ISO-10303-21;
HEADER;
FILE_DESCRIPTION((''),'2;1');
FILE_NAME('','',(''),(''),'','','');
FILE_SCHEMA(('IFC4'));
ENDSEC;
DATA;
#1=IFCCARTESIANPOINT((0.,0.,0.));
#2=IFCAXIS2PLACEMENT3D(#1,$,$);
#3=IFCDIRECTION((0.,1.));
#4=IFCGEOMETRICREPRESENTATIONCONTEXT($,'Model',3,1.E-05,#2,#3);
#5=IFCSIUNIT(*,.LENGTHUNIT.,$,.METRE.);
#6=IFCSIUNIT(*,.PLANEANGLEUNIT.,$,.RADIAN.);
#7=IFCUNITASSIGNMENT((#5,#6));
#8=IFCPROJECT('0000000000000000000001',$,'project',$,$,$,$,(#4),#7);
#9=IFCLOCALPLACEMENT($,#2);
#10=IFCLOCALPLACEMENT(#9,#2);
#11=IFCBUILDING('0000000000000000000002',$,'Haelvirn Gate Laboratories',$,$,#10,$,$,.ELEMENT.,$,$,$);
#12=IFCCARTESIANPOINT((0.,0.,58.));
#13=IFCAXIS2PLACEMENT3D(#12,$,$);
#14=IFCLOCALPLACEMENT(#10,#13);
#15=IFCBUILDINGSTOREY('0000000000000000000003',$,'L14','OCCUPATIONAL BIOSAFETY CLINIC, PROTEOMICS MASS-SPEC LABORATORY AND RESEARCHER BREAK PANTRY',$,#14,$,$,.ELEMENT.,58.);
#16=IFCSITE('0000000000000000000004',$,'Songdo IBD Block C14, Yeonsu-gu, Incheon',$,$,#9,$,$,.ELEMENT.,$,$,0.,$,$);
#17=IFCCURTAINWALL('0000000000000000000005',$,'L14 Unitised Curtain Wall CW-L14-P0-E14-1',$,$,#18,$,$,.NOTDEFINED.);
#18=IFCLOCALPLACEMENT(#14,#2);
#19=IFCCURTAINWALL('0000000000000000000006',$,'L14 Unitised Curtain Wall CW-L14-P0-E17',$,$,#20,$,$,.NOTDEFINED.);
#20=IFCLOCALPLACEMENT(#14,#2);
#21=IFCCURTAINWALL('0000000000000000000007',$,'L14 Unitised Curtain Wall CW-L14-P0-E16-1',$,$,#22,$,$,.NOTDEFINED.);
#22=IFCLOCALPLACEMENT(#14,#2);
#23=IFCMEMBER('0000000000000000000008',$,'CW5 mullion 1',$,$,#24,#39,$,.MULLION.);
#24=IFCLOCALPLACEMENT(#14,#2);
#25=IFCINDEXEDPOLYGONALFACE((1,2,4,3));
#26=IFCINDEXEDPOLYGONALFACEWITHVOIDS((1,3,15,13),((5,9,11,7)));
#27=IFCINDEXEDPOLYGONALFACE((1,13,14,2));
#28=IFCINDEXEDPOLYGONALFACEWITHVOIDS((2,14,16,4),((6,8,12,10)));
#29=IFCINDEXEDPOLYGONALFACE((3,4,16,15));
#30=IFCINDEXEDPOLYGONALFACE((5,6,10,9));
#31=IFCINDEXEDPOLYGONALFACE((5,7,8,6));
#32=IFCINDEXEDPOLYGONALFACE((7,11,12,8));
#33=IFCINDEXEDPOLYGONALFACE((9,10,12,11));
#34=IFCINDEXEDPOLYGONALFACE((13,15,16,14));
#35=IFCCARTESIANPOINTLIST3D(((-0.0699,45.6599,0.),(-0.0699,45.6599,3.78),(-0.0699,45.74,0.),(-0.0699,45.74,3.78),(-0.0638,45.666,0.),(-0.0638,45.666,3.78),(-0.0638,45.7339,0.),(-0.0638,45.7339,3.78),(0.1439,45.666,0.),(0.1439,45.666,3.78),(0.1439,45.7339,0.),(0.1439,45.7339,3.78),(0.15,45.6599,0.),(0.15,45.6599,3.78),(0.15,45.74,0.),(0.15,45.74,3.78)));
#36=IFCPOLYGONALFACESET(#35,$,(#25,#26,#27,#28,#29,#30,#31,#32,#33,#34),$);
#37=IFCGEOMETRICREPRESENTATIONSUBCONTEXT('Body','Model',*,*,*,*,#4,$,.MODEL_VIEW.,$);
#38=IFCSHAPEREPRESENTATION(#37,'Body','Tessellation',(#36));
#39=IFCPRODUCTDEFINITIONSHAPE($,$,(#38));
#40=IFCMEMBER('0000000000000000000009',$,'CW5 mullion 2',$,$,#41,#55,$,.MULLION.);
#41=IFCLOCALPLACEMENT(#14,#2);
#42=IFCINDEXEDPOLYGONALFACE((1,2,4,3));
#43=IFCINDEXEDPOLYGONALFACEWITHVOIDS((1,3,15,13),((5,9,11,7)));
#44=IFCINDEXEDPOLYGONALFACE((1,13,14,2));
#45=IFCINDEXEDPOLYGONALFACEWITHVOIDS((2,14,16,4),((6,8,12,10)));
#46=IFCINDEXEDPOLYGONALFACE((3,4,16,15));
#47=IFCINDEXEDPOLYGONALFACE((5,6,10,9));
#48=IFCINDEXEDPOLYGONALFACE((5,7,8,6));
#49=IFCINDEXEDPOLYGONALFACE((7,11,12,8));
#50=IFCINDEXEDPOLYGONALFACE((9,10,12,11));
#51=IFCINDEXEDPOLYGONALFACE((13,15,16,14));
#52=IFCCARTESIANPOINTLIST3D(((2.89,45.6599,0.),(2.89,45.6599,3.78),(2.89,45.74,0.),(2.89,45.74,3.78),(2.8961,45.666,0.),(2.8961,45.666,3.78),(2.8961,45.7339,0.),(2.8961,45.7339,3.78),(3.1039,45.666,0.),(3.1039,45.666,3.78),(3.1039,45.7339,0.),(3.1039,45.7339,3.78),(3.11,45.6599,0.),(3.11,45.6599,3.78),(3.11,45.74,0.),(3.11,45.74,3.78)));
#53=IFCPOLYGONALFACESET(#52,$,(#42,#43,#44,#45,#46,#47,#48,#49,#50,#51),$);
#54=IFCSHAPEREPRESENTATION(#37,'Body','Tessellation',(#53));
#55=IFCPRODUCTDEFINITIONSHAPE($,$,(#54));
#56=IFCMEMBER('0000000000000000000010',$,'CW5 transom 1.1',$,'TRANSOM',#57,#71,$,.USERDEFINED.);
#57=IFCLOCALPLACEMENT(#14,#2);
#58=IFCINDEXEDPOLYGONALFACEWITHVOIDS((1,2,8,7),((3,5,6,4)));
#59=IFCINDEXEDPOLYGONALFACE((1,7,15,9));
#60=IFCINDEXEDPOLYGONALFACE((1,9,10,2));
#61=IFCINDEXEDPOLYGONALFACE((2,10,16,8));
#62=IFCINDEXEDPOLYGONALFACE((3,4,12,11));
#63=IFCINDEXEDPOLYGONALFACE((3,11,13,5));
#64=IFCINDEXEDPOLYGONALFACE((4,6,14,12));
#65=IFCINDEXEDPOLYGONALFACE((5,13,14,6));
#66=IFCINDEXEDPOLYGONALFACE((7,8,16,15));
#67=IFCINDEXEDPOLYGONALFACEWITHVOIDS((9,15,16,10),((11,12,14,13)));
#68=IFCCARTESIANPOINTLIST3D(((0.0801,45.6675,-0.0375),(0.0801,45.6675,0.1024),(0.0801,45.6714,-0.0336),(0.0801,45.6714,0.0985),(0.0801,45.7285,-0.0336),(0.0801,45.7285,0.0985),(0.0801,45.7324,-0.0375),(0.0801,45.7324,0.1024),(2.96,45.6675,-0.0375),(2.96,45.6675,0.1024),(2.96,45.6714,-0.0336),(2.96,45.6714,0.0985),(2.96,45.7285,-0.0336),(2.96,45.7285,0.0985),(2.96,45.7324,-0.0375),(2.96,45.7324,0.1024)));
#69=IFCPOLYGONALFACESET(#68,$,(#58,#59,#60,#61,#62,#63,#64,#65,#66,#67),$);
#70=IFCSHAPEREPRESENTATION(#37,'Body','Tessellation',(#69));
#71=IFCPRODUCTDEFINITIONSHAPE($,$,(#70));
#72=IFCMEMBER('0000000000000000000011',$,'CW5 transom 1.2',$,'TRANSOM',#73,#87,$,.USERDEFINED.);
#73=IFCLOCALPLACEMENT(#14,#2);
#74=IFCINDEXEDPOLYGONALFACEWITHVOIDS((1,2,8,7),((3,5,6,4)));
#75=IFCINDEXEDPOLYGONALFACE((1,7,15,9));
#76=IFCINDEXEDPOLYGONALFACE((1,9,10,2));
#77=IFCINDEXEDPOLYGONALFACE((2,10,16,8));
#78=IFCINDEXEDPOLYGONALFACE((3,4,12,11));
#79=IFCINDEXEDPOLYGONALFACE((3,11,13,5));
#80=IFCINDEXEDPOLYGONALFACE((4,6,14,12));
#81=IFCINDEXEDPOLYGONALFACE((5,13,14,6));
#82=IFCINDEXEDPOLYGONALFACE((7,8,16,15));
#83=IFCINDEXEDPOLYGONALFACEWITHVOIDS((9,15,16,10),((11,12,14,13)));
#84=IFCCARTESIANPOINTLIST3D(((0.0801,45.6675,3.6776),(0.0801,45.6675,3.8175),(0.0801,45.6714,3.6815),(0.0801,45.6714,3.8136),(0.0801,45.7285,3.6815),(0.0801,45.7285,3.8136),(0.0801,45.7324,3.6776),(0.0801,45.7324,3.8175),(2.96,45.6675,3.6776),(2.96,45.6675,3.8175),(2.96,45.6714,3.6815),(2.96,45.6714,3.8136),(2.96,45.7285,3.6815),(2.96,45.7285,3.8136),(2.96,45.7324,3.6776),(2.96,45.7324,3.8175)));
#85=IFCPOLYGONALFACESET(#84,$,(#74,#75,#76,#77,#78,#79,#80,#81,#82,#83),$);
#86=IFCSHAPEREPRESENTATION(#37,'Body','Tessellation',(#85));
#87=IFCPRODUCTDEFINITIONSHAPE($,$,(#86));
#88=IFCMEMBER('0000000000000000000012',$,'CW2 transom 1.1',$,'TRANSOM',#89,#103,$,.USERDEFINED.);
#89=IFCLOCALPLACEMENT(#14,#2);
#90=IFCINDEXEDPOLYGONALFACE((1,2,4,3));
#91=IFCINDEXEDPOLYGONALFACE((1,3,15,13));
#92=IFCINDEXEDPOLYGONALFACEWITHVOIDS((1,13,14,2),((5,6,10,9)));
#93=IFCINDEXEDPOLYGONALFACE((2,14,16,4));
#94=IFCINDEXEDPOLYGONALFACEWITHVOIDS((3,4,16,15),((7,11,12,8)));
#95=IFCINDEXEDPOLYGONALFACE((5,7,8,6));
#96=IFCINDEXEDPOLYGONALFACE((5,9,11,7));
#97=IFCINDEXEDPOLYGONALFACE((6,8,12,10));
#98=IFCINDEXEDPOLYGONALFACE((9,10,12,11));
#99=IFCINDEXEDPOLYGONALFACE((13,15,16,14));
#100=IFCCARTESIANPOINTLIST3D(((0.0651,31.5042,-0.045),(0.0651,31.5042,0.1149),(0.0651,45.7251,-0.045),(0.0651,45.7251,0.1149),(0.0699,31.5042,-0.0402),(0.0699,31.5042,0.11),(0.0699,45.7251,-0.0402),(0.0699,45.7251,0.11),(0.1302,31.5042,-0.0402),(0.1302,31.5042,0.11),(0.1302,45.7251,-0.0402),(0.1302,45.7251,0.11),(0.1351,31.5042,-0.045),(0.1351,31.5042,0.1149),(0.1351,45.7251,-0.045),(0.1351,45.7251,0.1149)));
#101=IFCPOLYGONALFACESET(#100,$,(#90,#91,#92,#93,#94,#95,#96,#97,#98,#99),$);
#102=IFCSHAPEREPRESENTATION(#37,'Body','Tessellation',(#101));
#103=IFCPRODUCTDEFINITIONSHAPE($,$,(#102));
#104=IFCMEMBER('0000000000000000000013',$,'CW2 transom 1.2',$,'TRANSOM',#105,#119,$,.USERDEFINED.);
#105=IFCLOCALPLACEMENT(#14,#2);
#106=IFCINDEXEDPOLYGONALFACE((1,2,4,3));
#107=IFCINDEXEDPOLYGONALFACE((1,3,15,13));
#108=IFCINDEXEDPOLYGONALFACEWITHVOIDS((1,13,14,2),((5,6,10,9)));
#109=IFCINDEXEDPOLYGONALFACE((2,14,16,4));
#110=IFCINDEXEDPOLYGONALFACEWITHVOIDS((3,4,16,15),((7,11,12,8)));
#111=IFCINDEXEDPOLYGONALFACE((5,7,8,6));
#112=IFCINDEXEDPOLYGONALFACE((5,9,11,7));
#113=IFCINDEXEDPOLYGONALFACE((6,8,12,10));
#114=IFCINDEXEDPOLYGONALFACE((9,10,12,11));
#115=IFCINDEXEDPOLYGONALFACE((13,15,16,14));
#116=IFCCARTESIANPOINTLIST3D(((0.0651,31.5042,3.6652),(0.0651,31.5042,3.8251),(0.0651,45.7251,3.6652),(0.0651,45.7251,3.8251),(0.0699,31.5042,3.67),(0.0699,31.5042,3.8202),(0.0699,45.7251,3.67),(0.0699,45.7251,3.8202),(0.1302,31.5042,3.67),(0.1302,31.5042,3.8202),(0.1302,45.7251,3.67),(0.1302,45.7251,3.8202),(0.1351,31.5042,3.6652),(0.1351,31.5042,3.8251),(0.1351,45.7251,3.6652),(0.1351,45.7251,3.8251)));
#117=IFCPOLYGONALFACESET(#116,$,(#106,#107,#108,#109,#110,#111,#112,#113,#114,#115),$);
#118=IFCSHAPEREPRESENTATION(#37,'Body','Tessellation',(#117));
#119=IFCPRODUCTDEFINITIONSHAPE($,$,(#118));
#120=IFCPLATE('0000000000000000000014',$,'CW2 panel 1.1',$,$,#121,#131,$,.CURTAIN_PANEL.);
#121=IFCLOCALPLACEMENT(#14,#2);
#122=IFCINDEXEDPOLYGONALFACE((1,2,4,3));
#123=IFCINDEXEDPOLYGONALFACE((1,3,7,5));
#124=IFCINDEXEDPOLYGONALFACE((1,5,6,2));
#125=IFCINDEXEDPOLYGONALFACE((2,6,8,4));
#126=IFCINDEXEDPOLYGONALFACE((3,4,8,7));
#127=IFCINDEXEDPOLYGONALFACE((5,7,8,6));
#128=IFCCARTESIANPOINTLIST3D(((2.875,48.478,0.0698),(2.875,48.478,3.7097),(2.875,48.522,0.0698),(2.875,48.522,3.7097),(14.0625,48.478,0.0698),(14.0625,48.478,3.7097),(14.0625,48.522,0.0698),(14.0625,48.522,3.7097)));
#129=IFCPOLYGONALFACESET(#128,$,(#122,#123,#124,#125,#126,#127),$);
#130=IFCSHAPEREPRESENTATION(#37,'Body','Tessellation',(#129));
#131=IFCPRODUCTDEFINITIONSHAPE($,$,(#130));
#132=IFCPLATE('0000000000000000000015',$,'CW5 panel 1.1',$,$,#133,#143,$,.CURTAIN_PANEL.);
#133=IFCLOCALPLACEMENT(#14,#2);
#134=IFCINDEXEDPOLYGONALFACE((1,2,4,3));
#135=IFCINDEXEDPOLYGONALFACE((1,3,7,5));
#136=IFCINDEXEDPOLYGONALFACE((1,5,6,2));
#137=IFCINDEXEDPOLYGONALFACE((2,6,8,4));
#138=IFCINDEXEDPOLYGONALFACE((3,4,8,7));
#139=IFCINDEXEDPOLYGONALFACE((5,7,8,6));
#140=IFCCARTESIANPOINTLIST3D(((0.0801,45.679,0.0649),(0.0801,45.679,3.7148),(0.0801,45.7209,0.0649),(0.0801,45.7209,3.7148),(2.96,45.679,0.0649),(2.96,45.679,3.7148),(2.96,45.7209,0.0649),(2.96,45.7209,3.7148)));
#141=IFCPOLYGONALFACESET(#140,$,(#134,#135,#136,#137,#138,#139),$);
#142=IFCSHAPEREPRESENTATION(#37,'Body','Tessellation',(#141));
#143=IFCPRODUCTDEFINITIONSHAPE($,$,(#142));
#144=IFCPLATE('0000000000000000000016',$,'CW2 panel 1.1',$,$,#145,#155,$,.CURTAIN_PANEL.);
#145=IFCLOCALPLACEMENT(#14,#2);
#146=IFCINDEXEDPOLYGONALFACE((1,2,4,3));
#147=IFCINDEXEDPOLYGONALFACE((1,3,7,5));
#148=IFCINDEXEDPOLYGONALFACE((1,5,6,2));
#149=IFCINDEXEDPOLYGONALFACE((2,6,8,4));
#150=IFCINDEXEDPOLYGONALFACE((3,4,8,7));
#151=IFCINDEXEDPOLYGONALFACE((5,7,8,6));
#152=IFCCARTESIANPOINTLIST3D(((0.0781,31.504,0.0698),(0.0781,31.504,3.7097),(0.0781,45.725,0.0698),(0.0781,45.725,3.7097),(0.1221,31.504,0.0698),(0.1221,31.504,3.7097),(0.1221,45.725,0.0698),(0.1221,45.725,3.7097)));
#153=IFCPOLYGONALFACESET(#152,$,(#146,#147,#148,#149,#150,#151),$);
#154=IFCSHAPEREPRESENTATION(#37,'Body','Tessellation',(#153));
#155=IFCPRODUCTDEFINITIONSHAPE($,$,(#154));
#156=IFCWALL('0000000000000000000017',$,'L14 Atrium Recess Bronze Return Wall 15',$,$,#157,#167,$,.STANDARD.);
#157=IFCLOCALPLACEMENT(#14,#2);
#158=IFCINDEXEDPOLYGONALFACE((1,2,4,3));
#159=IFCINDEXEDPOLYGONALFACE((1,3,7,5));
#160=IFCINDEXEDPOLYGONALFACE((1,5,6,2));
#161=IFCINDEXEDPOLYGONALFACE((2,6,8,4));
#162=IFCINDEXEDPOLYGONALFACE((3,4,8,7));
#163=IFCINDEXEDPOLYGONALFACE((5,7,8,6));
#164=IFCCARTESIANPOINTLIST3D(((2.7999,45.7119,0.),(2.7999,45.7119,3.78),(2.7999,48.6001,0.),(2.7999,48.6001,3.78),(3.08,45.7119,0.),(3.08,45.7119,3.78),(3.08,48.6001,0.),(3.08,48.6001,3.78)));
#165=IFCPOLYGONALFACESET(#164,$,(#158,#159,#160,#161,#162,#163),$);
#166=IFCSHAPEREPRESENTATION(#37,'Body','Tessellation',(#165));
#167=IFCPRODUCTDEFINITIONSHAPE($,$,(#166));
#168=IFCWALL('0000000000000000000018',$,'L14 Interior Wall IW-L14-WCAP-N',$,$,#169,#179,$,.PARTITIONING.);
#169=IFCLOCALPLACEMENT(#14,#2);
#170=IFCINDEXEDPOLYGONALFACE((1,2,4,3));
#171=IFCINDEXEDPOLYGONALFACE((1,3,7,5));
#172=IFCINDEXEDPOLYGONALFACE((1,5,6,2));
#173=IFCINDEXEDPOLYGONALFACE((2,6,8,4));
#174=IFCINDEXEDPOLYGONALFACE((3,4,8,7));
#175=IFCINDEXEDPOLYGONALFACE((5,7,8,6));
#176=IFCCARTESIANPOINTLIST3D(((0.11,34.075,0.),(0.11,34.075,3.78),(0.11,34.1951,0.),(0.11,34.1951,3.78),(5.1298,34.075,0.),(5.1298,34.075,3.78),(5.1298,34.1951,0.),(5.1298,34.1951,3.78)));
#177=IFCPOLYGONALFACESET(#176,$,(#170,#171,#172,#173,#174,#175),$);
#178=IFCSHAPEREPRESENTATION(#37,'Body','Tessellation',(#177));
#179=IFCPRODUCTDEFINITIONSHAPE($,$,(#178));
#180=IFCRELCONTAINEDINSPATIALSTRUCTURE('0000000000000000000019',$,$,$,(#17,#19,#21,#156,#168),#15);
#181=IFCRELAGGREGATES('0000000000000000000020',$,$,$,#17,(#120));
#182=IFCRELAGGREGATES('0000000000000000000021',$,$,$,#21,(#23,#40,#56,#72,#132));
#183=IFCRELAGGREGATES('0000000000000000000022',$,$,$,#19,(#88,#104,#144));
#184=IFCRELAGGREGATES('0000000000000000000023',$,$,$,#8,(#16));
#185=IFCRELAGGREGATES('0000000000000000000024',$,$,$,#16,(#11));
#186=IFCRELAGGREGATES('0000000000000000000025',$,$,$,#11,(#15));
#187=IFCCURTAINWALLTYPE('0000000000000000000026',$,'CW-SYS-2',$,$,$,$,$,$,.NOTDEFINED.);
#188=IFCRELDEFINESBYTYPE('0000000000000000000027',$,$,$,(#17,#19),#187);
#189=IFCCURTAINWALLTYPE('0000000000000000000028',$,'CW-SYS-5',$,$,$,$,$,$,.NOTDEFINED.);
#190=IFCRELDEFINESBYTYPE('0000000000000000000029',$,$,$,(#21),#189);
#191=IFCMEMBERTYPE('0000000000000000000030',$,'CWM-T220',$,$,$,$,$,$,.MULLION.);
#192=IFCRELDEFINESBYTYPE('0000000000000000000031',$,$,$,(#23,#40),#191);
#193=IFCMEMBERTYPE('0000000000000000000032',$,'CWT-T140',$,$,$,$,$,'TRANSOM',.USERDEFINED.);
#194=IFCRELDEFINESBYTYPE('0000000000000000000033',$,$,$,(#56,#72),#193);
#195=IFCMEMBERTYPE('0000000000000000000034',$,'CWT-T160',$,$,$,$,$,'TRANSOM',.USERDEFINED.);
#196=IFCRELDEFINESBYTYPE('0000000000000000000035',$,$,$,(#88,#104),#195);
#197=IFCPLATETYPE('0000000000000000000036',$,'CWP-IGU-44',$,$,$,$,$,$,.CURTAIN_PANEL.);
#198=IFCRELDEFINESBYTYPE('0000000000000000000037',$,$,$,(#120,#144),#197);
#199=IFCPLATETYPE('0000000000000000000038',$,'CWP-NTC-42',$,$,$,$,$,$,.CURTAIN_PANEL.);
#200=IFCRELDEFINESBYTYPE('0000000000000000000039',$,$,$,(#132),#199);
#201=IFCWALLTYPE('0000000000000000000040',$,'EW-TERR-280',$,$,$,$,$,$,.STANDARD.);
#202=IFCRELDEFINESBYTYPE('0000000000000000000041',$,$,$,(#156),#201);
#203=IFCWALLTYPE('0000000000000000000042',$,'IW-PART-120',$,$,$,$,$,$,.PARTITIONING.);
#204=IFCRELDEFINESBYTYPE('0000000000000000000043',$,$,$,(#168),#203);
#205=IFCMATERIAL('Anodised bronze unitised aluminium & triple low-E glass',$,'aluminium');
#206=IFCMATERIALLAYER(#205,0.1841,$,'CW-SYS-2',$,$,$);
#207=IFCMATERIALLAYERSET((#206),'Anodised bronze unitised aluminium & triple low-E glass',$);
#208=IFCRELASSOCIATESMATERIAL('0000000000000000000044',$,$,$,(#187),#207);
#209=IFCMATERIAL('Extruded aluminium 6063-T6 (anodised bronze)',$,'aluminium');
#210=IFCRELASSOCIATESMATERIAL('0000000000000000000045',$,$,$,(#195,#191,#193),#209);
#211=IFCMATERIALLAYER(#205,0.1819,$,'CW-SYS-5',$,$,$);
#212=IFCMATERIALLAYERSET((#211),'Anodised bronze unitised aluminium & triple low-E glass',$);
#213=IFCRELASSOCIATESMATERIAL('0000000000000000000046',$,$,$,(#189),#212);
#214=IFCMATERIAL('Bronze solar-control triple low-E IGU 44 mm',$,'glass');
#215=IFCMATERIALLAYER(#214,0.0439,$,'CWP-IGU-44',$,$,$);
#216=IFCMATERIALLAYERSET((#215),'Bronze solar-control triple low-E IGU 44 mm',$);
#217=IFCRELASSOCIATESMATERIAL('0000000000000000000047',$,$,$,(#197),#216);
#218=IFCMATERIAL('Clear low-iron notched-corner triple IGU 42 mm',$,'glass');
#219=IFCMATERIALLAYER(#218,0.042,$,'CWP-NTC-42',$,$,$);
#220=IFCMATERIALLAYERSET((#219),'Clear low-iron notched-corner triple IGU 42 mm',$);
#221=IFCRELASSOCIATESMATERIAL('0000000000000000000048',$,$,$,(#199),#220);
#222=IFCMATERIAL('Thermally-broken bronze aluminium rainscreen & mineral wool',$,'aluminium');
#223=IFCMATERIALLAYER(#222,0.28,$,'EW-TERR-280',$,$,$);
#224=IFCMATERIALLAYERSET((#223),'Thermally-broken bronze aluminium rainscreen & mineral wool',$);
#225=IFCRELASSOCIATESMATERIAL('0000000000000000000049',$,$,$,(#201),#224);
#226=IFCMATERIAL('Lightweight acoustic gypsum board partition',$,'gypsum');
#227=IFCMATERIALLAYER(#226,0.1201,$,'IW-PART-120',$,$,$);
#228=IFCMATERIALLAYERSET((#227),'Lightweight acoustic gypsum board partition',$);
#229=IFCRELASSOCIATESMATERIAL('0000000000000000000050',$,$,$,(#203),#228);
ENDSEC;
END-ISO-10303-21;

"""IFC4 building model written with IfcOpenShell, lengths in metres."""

from ifc_helpers import new_model, si_unit, direction, frame, frame_2d, origin, origin_2d, place, context, subcontext, project, spatial, rectangle, hollow_rectangle, extrude, source, transform, mapped, material, layer, layer_set, material_profile, profile_set, type_object, type_shapes, element, aggregate, save


model = new_model("IFC4")

# Units and contexts
model_context = context("Model", 3, precision=1e-05, world=origin(), true_north=direction((0.0, 1.0)))
body_context = subcontext(model_context, "Body", "Model", "MODEL_VIEW")
ifc_project = project(units=[si_unit("LENGTHUNIT", "METRE"), si_unit("PLANEANGLEUNIT", "RADIAN")], contexts=[model_context])

# Site, building, storey
site_placement = place(None, origin())
site = spatial("IfcSite", under=ifc_project, at=site_placement, Name="Songdo IBD Block C14, Yeonsu-gu, Incheon", CompositionType="ELEMENT", RefElevation=0.0)
building_placement = place(site_placement, origin())
building = spatial("IfcBuilding", under=site, at=building_placement, Name="Haelvirn Gate Laboratories", CompositionType="ELEMENT")
storey_placement = place(building_placement, frame((0.0, 0.0, 58.0)))
storey = spatial("IfcBuildingStorey", under=building, at=storey_placement, Name="L14", Description="OCCUPATIONAL BIOSAFETY CLINIC, PROTEOMICS MASS-SPEC LABORATORY AND RESEARCHER BREAK PANTRY", CompositionType="ELEMENT", Elevation=58.0)

# Curtain walls
ifc_material_1 = material(Name="Anodised bronze unitised aluminium & triple low-E glass", Category="aluminium")
ifc_layer_1 = layer(ifc_material_1, 0.1841, Name="CW-SYS-2")
ifc_layer_set_1 = layer_set([ifc_layer_1], Name="Anodised bronze unitised aluminium & triple low-E glass")
curtain_wall_type_1 = type_object("IfcCurtainWallType", Name="CW-SYS-2", PredefinedType="NOTDEFINED", material=ifc_layer_set_1)
curtain_wall_1_placement = place(storey_placement, origin())
curtain_wall_1 = element("IfcCurtainWall", 1, at=curtain_wall_1_placement, inside=storey, type_object=curtain_wall_type_1, Name="L14 Unitised Curtain Wall CW-L14-P0-E14-1", PredefinedType="NOTDEFINED")
ifc_material_2 = material(Name="Extruded aluminium 6063-T6 (anodised bronze)", Category="aluminium")
curtain_wall_2_placement = place(storey_placement, origin())
curtain_wall_2 = element("IfcCurtainWall", 2, at=curtain_wall_2_placement, inside=storey, type_object=curtain_wall_type_1, Name="L14 Unitised Curtain Wall CW-L14-P0-E17", PredefinedType="NOTDEFINED")

# Shared definitions
ifc_material_profile_1 = material_profile(ifc_material_2, hollow_rectangle(XDim=0.0701, YDim=0.1599, WallThickness=0.0049, at=origin_2d()), Name="CWT-160x70x5")
ifc_profile_set_1 = profile_set([ifc_material_profile_1], Name="Extruded aluminium 6063-T6 (anodised bronze)")
member_type_1 = type_object("IfcMemberType", Name="CWT-T160", ElementType="TRANSOM", PredefinedType="USERDEFINED", material=ifc_profile_set_1)

# Curtain wall, members
ifc_layer_2 = layer(ifc_material_1, 0.1819, Name="CW-SYS-5")
ifc_layer_set_2 = layer_set([ifc_layer_2], Name="Anodised bronze unitised aluminium & triple low-E glass")
curtain_wall_type_2 = type_object("IfcCurtainWallType", Name="CW-SYS-5", PredefinedType="NOTDEFINED", material=ifc_layer_set_2)
curtain_wall_3_placement = place(storey_placement, origin())
curtain_wall_3 = element("IfcCurtainWall", 3, at=curtain_wall_3_placement, inside=storey, type_object=curtain_wall_type_2, Name="L14 Unitised Curtain Wall CW-L14-P0-E16-1", PredefinedType="NOTDEFINED")
ifc_material_profile_2 = material_profile(ifc_material_2, hollow_rectangle(XDim=0.0801, YDim=0.22, WallThickness=0.0061, at=origin_2d()), Name="CWM-220x80x6")
ifc_profile_set_2 = profile_set([ifc_material_profile_2], Name="Extruded aluminium 6063-T6 (anodised bronze)")
member_type_2 = type_object("IfcMemberType", Name="CWM-T220", PredefinedType="MULLION", material=ifc_profile_set_2)
shared_shape_1 = source(origin(), body_context, "Body", "SweptSolid", [
    extrude(hollow_rectangle(XDim=0.0801, YDim=0.22, WallThickness=0.0061, at=origin_2d()), origin(), (0.0, 0.0, 1.0), 3.78),
])
type_shapes(member_type_2, [shared_shape_1])
member_1_placement = place(storey_placement, frame((0.04, 45.7, 0.0), z_axis=(0.0, 0.0, 1.0), x_axis=(0.0, 1.0, 0.0)))
member_1 = element("IfcMember", 4, at=member_1_placement, type_object=member_type_2, Name="CW5 mullion 1", PredefinedType="MULLION", context=body_context, shape_type="MappedRepresentation", body=[
    mapped(shared_shape_1, transform((0.0, 0.0, 0.0), scale=1.0)),
])
member_2_placement = place(storey_placement, frame((3.0, 45.7, 0.0), z_axis=(0.0, 0.0, 1.0), x_axis=(0.0, 1.0, 0.0)))
member_2 = element("IfcMember", 5, at=member_2_placement, type_object=member_type_2, Name="CW5 mullion 2", PredefinedType="MULLION", context=body_context, shape_type="MappedRepresentation", body=[
    mapped(shared_shape_1, transform((0.0, 0.0, 0.0), scale=1.0)),
])
ifc_material_profile_3 = material_profile(ifc_material_2, hollow_rectangle(XDim=0.0649, YDim=0.1399, WallThickness=0.0039, at=origin_2d()), Name="CWT-140x65x4")
ifc_profile_set_3 = profile_set([ifc_material_profile_3], Name="Extruded aluminium 6063-T6 (anodised bronze)")
member_type_3 = type_object("IfcMemberType", Name="CWT-T140", ElementType="TRANSOM", PredefinedType="USERDEFINED", material=ifc_profile_set_3)
shared_shape_2 = source(origin(), body_context, "Body", "SweptSolid", [
    extrude(hollow_rectangle(XDim=0.0649, YDim=0.1399, WallThickness=0.0039, at=origin_2d()), origin(), (0.0, 0.0, 1.0), 2.8799),
])
type_shapes(member_type_3, [shared_shape_2])
member_3_placement = place(storey_placement, frame((0.0801, 45.7, 0.0325), z_axis=(1.0, 0.0, 0.0), x_axis=(0.0, 1.0, 0.0)))
member_3 = element("IfcMember", 6, at=member_3_placement, type_object=member_type_3, Name="CW5 transom 1.1", ObjectType="TRANSOM", PredefinedType="USERDEFINED", context=body_context, shape_type="MappedRepresentation", body=[
    mapped(shared_shape_2, transform((0.0, 0.0, 0.0), scale=1.0)),
])
member_4_placement = place(storey_placement, frame((0.0801, 45.7, 3.7476), z_axis=(1.0, 0.0, 0.0), x_axis=(0.0, 1.0, 0.0)))
member_4 = element("IfcMember", 7, at=member_4_placement, type_object=member_type_3, Name="CW5 transom 1.2", ObjectType="TRANSOM", PredefinedType="USERDEFINED", context=body_context, shape_type="MappedRepresentation", body=[
    mapped(shared_shape_2, transform((0.0, 0.0, 0.0), scale=1.0)),
])

# Members
shared_shape_3 = source(origin(), body_context, "Body", "SweptSolid", [
    extrude(hollow_rectangle(XDim=0.0701, YDim=0.1599, WallThickness=0.0049, at=origin_2d()), origin(), (0.0, 0.0, 1.0), 14.2209),
])
member_5_placement = place(storey_placement, frame((0.1001, 45.7251, 0.0349), z_axis=(0.0, -1.0, 0.0), x_axis=(1.0, 0.0, 0.0)))
member_5 = element("IfcMember", 8, at=member_5_placement, type_object=member_type_1, Name="CW2 transom 1.1", ObjectType="TRANSOM", PredefinedType="USERDEFINED", context=body_context, shape_type="MappedRepresentation", body=[
    mapped(shared_shape_3, transform((0.0, 0.0, 0.0), scale=1.0)),
])
member_6_placement = place(storey_placement, frame((0.1001, 45.7251, 3.7451), z_axis=(0.0, -1.0, 0.0), x_axis=(1.0, 0.0, 0.0)))
member_6 = element("IfcMember", 9, at=member_6_placement, type_object=member_type_1, Name="CW2 transom 1.2", ObjectType="TRANSOM", PredefinedType="USERDEFINED", context=body_context, shape_type="MappedRepresentation", body=[
    mapped(shared_shape_3, transform((0.0, 0.0, 0.0), scale=1.0)),
])

# Plates
ifc_material_3 = material(Name="Bronze solar-control triple low-E IGU 44 mm", Category="glass")
ifc_layer_3 = layer(ifc_material_3, 0.0439, Name="CWP-IGU-44")
ifc_layer_set_3 = layer_set([ifc_layer_3], Name="Bronze solar-control triple low-E IGU 44 mm")
plate_type_1 = type_object("IfcPlateType", Name="CWP-IGU-44", PredefinedType="CURTAIN_PANEL", material=ifc_layer_set_3)
shared_shape_4 = source(origin(), body_context, "Body", "SweptSolid", [
    extrude(rectangle(XDim=11.1875, YDim=0.0439, at=origin_2d()), origin(), (0.0, 0.0, 1.0), 3.6399),
])
plate_1_placement = place(storey_placement, frame((8.4688, 48.5, 0.0698), z_axis=(0.0, 0.0, 1.0), x_axis=(1.0, 0.0, 0.0)))
plate_1 = element("IfcPlate", 10, at=plate_1_placement, type_object=plate_type_1, Name="CW2 panel 1.1", PredefinedType="CURTAIN_PANEL", context=body_context, shape_type="MappedRepresentation", body=[
    mapped(shared_shape_4, transform((0.0, 0.0, 0.0), scale=1.0)),
])
aggregate(curtain_wall_1, [plate_1])
ifc_material_4 = material(Name="Clear low-iron notched-corner triple IGU 42 mm", Category="glass")
ifc_layer_4 = layer(ifc_material_4, 0.042, Name="CWP-NTC-42")
ifc_layer_set_4 = layer_set([ifc_layer_4], Name="Clear low-iron notched-corner triple IGU 42 mm")
plate_type_2 = type_object("IfcPlateType", Name="CWP-NTC-42", PredefinedType="CURTAIN_PANEL", material=ifc_layer_set_4)
shared_shape_5 = source(origin(), body_context, "Body", "SweptSolid", [
    extrude(rectangle(XDim=2.8799, YDim=0.042, at=origin_2d()), origin(), (0.0, 0.0, 1.0), 3.6499),
])
type_shapes(plate_type_2, [shared_shape_5])
plate_2_placement = place(storey_placement, frame((1.52, 45.7, 0.0649), z_axis=(0.0, 0.0, 1.0), x_axis=(1.0, 0.0, 0.0)))
plate_2 = element("IfcPlate", 11, at=plate_2_placement, type_object=plate_type_2, Name="CW5 panel 1.1", PredefinedType="CURTAIN_PANEL", context=body_context, shape_type="MappedRepresentation", body=[
    mapped(shared_shape_5, transform((0.0, 0.0, 0.0), scale=1.0)),
])
aggregate(curtain_wall_3, [member_1, member_2, member_3, member_4, plate_2])
shared_shape_6 = source(origin(), body_context, "Body", "SweptSolid", [
    extrude(rectangle(XDim=14.2209, YDim=0.0439, at=origin_2d()), origin(), (0.0, 0.0, 1.0), 3.6399),
])
type_shapes(plate_type_1, [shared_shape_4, shared_shape_6])
plate_3_placement = place(storey_placement, frame((0.1001, 38.6145, 0.0698), z_axis=(0.0, 0.0, 1.0), x_axis=(0.0, -1.0, 0.0)))
plate_3 = element("IfcPlate", 12, at=plate_3_placement, type_object=plate_type_1, Name="CW2 panel 1.1", PredefinedType="CURTAIN_PANEL", context=body_context, shape_type="MappedRepresentation", body=[
    mapped(shared_shape_6, transform((0.0, 0.0, 0.0), scale=1.0)),
])
aggregate(curtain_wall_2, [member_5, member_6, plate_3])

# Walls
ifc_material_5 = material(Name="Thermally-broken bronze aluminium rainscreen & mineral wool", Category="aluminium")
ifc_layer_5 = layer(ifc_material_5, 0.28, Name="EW-TERR-280")
ifc_layer_set_5 = layer_set([ifc_layer_5], Name="Thermally-broken bronze aluminium rainscreen & mineral wool")
wall_type_1 = type_object("IfcWallType", Name="EW-TERR-280", PredefinedType="STANDARD", material=ifc_layer_set_5)
wall_1_placement = place(storey_placement, frame((2.9399, 48.6001, 0.0), z_axis=(0.0, 0.0, 1.0), x_axis=(0.0, -1.0, 0.0)))
element("IfcWall", 13, at=wall_1_placement, inside=storey, type_object=wall_type_1, Name="L14 Atrium Recess Bronze Return Wall 15", PredefinedType="STANDARD", context=body_context, shape_type="SweptSolid", body=[
    extrude(rectangle(XDim=2.8882, YDim=0.28, at=frame_2d((1.4441, 0.0))), origin(), (0.0, 0.0, 1.0), 3.78),
])
ifc_material_6 = material(Name="Lightweight acoustic gypsum board partition", Category="gypsum")
ifc_layer_6 = layer(ifc_material_6, 0.1201, Name="IW-PART-120")
ifc_layer_set_6 = layer_set([ifc_layer_6], Name="Lightweight acoustic gypsum board partition")
wall_type_2 = type_object("IfcWallType", Name="IW-PART-120", PredefinedType="PARTITIONING", material=ifc_layer_set_6)
wall_2_placement = place(storey_placement, frame((0.1101, 34.135, 0.0), z_axis=(0.0, 0.0, 1.0), x_axis=(1.0, 0.0, 0.0)))
element("IfcWall", 14, at=wall_2_placement, inside=storey, type_object=wall_type_2, Name="L14 Interior Wall IW-L14-WCAP-N", PredefinedType="PARTITIONING", context=body_context, shape_type="SweptSolid", body=[
    extrude(rectangle(XDim=5.0198, YDim=0.1201, at=frame_2d((2.5098, 0.0))), origin(), (0.0, 0.0, 1.0), 3.78),
])

save(model, "model.ifc")
